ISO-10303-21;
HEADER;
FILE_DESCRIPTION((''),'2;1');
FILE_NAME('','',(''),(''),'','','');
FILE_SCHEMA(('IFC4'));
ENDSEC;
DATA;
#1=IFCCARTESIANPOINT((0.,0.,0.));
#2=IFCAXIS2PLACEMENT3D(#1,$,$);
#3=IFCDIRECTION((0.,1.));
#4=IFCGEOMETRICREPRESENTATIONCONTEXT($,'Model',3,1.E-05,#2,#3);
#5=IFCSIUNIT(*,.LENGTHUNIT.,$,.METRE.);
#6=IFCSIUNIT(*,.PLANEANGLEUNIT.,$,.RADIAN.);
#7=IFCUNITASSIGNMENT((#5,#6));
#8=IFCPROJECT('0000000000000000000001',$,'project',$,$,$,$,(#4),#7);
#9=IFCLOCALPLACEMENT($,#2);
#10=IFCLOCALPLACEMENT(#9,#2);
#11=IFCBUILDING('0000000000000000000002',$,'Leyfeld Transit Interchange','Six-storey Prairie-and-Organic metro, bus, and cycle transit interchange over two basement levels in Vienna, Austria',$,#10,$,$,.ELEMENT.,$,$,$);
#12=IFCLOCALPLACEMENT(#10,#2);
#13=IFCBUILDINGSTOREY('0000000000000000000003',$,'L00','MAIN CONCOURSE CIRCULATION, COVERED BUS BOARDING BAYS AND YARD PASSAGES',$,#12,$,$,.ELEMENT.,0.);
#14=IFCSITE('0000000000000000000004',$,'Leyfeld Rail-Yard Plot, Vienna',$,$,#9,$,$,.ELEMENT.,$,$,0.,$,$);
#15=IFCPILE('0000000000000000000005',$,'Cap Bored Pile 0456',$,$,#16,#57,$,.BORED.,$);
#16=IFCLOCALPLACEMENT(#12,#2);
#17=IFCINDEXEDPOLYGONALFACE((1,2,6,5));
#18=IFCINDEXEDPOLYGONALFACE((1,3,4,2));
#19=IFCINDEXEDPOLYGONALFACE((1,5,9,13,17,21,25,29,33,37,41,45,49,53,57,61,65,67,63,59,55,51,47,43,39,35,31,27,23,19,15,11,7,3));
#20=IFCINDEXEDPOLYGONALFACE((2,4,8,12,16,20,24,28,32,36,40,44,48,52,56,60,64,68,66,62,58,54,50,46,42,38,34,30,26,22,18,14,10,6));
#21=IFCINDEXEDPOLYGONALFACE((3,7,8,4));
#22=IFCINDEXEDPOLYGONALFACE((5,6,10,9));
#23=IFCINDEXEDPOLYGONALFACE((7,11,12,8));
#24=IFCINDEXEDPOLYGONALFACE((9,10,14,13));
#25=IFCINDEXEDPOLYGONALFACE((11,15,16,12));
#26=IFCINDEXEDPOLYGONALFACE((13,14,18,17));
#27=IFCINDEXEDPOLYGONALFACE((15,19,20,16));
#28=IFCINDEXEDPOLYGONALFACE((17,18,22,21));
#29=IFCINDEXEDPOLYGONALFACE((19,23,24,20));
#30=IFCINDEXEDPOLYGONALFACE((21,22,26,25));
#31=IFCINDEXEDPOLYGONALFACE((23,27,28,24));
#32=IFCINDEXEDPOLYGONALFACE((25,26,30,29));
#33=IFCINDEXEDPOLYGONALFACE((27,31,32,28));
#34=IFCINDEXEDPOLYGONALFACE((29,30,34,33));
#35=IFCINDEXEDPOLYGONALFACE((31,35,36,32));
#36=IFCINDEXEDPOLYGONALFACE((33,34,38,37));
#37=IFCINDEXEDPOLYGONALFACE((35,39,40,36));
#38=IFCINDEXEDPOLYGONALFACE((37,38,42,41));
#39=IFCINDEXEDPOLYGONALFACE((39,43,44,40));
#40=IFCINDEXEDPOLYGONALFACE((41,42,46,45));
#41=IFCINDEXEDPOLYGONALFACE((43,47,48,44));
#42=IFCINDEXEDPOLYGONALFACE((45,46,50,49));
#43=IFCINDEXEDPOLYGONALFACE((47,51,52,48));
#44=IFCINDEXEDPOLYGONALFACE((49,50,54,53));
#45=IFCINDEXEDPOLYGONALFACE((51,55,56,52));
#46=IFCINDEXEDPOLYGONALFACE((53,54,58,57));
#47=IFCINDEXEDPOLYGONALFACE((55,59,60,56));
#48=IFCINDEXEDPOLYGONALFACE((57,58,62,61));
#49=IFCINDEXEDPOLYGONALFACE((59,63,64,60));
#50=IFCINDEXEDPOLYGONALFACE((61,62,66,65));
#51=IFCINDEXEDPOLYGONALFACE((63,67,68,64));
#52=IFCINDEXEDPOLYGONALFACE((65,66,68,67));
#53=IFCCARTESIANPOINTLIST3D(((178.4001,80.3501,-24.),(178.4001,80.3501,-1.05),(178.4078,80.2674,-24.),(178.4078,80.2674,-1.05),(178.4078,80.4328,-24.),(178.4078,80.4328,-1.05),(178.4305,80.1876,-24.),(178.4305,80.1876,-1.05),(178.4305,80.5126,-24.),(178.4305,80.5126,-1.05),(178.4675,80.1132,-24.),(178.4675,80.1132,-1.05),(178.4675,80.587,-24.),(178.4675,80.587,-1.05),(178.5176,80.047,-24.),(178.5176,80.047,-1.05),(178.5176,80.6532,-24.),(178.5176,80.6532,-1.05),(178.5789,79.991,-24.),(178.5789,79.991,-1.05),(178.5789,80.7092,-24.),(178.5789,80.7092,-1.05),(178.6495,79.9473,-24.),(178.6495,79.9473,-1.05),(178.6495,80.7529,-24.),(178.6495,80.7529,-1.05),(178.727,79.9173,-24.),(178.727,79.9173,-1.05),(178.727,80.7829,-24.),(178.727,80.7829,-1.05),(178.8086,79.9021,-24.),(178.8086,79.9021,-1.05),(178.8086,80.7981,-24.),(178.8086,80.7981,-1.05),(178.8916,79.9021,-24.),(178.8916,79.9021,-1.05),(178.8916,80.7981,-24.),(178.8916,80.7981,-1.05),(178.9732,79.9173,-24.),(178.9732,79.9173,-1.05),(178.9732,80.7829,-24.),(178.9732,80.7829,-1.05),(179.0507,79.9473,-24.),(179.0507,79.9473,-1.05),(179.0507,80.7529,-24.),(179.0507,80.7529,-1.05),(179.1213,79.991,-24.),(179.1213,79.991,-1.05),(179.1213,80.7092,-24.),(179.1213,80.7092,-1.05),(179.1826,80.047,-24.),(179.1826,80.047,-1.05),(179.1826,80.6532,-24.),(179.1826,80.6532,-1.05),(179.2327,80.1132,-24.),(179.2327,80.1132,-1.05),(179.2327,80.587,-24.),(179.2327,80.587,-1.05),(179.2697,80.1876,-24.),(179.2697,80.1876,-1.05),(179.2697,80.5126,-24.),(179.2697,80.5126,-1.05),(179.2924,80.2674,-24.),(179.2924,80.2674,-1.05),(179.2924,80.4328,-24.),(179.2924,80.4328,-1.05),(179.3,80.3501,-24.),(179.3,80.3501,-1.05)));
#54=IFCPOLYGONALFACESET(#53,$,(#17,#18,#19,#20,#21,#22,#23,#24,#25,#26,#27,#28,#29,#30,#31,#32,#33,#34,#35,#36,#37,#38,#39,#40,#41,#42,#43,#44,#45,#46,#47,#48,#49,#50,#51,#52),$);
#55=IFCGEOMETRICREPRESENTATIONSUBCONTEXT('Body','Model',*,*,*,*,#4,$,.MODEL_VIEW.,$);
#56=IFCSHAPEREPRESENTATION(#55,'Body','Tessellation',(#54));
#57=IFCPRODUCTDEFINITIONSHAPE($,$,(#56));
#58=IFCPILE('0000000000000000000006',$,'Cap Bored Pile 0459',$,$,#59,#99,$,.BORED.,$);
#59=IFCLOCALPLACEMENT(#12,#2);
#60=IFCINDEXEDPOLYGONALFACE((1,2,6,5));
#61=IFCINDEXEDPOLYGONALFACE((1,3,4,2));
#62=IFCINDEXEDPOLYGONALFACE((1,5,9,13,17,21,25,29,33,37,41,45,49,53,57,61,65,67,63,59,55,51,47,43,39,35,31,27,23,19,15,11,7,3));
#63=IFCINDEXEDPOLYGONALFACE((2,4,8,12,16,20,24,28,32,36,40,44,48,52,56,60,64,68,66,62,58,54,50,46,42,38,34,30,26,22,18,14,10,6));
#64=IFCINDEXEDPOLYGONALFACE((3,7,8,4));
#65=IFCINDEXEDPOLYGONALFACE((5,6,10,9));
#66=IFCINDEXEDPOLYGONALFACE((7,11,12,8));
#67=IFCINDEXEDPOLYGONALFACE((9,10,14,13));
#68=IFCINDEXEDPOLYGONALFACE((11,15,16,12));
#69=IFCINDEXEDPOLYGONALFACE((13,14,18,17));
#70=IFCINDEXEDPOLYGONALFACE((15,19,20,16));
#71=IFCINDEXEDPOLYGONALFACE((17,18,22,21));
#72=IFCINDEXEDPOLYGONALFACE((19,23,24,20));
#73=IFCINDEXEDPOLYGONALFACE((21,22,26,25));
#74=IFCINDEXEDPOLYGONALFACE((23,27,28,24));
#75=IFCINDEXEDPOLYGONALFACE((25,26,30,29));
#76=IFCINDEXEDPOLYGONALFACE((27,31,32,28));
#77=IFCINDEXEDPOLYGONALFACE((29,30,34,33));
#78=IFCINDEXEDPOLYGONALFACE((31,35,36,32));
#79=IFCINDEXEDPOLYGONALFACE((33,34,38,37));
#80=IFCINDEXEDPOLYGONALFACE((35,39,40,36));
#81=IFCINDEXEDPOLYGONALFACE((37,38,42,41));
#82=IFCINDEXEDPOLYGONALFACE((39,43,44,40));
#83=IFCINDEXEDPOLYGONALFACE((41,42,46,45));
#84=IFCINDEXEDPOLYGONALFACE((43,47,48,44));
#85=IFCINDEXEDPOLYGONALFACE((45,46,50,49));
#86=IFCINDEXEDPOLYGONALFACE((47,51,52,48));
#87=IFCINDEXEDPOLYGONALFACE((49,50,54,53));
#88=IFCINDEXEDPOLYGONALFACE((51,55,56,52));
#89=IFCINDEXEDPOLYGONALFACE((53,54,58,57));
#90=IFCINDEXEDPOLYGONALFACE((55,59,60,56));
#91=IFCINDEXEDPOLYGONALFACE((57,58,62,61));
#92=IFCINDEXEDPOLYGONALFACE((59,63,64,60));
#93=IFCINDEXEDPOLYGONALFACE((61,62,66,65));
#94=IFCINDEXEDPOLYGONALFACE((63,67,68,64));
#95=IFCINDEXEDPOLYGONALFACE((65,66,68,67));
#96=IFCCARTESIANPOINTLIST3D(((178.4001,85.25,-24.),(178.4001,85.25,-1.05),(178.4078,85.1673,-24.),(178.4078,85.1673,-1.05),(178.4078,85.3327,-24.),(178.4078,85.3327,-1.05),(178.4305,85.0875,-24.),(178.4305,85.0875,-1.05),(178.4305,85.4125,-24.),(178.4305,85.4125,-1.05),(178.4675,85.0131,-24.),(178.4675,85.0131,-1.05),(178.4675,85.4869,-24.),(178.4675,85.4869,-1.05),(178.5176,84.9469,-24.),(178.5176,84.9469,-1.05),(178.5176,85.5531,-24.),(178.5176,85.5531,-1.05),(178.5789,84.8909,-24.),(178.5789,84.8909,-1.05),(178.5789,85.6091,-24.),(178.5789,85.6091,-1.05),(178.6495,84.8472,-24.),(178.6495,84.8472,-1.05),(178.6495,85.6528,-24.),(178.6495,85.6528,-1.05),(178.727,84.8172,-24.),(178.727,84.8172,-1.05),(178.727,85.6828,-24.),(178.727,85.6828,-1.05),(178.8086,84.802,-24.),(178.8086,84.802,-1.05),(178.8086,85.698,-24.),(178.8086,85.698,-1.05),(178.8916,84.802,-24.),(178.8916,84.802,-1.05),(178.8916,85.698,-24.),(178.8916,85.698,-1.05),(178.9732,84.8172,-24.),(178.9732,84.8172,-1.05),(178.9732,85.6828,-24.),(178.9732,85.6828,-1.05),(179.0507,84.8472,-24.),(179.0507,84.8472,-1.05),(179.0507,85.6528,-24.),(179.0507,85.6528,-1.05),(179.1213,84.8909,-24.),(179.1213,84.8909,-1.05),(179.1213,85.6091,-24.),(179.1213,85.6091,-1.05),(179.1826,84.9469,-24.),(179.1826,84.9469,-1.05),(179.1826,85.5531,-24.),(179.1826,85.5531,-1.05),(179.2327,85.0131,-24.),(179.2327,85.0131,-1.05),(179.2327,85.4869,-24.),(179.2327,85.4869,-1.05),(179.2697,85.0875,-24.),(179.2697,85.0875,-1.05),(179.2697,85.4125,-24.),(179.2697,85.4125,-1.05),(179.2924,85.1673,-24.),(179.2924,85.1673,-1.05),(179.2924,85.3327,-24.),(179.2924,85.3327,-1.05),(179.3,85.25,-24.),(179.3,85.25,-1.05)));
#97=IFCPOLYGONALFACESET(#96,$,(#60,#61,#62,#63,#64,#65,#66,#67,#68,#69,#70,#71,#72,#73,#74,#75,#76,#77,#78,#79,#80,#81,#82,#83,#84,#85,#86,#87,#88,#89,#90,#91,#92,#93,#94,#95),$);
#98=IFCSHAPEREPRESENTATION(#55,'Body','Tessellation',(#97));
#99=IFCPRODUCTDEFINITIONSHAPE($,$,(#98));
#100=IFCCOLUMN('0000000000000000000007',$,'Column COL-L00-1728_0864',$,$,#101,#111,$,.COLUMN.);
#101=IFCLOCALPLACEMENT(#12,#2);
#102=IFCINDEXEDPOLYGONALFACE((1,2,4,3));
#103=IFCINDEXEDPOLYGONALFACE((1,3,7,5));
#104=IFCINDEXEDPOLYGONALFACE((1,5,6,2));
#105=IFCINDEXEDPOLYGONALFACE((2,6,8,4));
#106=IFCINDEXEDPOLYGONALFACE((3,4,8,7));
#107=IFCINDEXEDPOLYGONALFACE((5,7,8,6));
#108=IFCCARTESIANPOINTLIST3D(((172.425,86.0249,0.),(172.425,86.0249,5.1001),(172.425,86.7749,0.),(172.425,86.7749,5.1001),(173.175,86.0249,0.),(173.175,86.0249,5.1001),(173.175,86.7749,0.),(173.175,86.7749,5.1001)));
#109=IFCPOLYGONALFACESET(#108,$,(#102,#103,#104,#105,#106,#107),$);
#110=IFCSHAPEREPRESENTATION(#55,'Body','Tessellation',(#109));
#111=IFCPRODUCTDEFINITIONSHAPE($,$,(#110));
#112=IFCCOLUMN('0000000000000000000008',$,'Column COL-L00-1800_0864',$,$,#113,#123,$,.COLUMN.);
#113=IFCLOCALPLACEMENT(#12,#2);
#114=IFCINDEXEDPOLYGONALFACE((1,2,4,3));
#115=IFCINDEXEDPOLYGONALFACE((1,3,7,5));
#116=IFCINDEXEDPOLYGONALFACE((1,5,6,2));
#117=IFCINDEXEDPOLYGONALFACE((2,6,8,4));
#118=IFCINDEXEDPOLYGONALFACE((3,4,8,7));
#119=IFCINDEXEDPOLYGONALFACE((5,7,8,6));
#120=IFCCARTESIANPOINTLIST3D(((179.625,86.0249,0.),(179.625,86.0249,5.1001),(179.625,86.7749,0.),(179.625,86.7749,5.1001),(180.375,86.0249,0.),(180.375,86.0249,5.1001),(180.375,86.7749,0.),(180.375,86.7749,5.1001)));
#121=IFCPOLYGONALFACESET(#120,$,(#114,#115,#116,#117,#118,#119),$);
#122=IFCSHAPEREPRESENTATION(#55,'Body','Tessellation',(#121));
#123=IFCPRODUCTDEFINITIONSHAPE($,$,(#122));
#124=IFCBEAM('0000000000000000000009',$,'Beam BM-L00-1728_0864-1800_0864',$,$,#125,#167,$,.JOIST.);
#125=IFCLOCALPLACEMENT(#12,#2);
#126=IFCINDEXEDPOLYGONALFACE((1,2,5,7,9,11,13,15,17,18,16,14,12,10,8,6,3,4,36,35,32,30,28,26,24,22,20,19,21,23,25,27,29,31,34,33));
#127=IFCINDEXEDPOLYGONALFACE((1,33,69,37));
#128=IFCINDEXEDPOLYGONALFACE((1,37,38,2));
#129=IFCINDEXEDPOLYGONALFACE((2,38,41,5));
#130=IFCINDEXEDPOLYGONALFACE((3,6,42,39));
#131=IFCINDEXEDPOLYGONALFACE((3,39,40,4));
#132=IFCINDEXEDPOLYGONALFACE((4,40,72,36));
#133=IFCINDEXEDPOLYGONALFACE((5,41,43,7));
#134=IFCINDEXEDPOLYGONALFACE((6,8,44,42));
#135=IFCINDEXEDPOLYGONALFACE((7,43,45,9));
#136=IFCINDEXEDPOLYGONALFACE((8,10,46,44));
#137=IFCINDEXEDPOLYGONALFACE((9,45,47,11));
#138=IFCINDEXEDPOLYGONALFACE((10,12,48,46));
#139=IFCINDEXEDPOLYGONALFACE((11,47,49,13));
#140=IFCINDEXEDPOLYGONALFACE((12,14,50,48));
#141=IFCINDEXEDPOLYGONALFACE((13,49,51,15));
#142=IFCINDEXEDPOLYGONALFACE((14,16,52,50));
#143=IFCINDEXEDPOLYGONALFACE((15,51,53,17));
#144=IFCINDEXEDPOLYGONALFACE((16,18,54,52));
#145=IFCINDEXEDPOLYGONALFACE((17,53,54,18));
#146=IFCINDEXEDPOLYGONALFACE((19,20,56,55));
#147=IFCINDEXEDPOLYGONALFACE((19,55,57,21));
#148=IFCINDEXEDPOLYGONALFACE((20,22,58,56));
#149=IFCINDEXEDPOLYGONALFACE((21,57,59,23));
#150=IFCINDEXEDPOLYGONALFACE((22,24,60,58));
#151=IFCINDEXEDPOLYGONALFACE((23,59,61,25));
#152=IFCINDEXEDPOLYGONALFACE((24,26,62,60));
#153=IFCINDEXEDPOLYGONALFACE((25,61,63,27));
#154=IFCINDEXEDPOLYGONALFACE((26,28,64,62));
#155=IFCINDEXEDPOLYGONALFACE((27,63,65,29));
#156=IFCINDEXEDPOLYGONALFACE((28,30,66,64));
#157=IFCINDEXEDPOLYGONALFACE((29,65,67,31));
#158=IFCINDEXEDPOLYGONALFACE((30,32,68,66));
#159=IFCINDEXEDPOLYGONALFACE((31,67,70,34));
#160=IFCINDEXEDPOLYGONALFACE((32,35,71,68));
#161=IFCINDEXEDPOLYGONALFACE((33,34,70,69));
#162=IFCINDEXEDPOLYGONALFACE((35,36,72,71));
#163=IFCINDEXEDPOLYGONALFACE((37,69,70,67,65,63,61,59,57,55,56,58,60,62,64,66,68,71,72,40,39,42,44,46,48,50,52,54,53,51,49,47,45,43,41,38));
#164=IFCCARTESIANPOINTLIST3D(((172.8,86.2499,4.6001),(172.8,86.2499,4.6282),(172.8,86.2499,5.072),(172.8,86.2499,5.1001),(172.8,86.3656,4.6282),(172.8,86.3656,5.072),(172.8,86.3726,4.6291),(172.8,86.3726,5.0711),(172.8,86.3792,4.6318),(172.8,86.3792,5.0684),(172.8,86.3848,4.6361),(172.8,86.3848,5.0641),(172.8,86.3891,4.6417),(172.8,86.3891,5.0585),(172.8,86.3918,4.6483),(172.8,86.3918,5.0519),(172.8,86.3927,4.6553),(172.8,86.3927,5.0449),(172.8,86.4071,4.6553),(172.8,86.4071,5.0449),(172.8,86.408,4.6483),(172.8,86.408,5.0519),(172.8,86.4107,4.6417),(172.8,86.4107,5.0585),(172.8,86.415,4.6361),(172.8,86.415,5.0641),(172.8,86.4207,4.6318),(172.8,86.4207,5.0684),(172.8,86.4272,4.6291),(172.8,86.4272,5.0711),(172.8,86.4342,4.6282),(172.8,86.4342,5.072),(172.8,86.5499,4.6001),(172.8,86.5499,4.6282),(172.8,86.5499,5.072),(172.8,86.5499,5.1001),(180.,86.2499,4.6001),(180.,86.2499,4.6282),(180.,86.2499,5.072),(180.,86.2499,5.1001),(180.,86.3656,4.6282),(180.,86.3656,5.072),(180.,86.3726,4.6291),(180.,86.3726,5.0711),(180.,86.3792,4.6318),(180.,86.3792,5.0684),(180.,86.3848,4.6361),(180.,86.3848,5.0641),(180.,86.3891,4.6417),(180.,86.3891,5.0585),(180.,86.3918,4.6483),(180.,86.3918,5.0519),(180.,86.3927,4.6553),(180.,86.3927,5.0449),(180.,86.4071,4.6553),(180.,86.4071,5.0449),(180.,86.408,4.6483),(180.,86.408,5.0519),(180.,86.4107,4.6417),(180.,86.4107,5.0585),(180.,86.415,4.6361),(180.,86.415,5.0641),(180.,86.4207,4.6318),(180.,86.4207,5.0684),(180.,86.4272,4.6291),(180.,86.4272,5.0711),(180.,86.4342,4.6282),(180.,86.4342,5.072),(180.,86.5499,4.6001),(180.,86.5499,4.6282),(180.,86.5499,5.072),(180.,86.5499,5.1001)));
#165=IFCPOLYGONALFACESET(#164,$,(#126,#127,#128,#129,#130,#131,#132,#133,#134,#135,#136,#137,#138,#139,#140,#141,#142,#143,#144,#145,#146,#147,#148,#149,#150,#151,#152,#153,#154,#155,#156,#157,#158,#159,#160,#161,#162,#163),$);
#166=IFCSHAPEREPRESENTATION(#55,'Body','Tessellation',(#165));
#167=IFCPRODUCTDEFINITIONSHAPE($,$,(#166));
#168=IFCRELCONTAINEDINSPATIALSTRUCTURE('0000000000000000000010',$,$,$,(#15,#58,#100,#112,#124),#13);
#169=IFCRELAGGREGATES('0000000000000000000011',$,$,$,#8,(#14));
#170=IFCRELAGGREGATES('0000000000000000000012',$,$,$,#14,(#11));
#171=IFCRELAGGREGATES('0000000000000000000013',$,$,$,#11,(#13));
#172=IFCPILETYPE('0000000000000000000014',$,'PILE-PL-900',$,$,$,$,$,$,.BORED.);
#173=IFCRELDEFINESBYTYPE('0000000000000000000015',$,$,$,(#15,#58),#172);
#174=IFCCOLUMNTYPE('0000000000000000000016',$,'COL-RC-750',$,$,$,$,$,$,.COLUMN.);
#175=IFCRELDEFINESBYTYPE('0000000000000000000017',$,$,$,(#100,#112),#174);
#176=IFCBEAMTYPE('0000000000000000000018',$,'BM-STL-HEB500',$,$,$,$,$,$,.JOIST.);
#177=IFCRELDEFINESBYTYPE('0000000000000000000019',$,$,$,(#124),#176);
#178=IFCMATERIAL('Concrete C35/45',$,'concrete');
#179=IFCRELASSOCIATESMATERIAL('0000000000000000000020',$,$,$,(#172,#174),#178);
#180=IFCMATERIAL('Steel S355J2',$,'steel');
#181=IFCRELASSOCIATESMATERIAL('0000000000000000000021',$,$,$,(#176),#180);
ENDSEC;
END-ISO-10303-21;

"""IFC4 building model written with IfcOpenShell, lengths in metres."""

from ifc_helpers import new_model, si_unit, direction, frame, origin, origin_2d, place, context, subcontext, project, spatial, rectangle, circle, i_section, extrude, material, material_profile, profile_set, type_object, element, save


model = new_model("IFC4")

# Units and contexts
model_context = context("Model", 3, precision=1e-05, world=origin(), true_north=direction((0.0, 1.0)))
body_context = subcontext(model_context, "Body", "Model", "MODEL_VIEW")
ifc_project = project(units=[si_unit("LENGTHUNIT", "METRE"), si_unit("PLANEANGLEUNIT", "RADIAN")], contexts=[model_context])

# Site, building, storey
site_placement = place(None, origin())
site = spatial("IfcSite", under=ifc_project, at=site_placement, Name="Leyfeld Rail-Yard Plot, Vienna", CompositionType="ELEMENT", RefElevation=0.0)
building_placement = place(site_placement, origin())
building = spatial("IfcBuilding", under=site, at=building_placement, Name="Leyfeld Transit Interchange", Description="Six-storey Prairie-and-Organic metro, bus, and cycle transit interchange over two basement levels in Vienna, Austria", CompositionType="ELEMENT")
storey_placement = place(building_placement, origin())
storey = spatial("IfcBuildingStorey", under=building, at=storey_placement, Name="L00", Description="MAIN CONCOURSE CIRCULATION, COVERED BUS BOARDING BAYS AND YARD PASSAGES", CompositionType="ELEMENT", Elevation=0.0)

# Shared definitions
ifc_material_1 = material(Name="Concrete C35/45", Category="concrete")

# Piles
ifc_material_profile_1 = material_profile(ifc_material_1, circle(Radius=0.45, at=origin_2d()), Name="PILE D900")
ifc_profile_set_1 = profile_set([ifc_material_profile_1], Name="Concrete C35/45")
pile_type = type_object("IfcPileType", Name="PILE-PL-900", PredefinedType="BORED", material=ifc_profile_set_1)
for number, where, z_axis, x_axis, name in (
    (1, (178.8501, 80.3501, -1.05), (0.0, 0.0, -1.0), (1.0, 0.0, 0.0), "Cap Bored Pile 0456"),
    (2, (178.8501, 85.25, -1.05), (0.0, 0.0, -1.0), (1.0, 0.0, 0.0), "Cap Bored Pile 0459"),
):
    element("IfcPile", number, at=place(storey_placement, frame(where, z_axis=z_axis, x_axis=x_axis)), inside=storey, type_object=pile_type, Name=name, PredefinedType="BORED", context=body_context, shape_type="SweptSolid", body=[
        extrude(circle(Radius=0.45, at=origin_2d()), origin(), (0.0, 0.0, 1.0), 22.95),
    ])

# Columns
ifc_material_profile_2 = material_profile(ifc_material_1, rectangle(XDim=0.75, YDim=0.75, at=origin_2d()), Name="RC 750x750")
ifc_profile_set_2 = profile_set([ifc_material_profile_2], Name="Concrete C35/45")
column_type = type_object("IfcColumnType", Name="COL-RC-750", PredefinedType="COLUMN", material=ifc_profile_set_2)
for number, where, z_axis, x_axis, name in (
    (3, (172.8, 86.3999, 0.0), (0.0, 0.0, 1.0), (1.0, 0.0, 0.0), "Column COL-L00-1728_0864"),
    (4, (180.0, 86.3999, 0.0), (0.0, 0.0, 1.0), (1.0, 0.0, 0.0), "Column COL-L00-1800_0864"),
):
    element("IfcColumn", number, at=place(storey_placement, frame(where, z_axis=z_axis, x_axis=x_axis)), inside=storey, type_object=column_type, Name=name, PredefinedType="COLUMN", context=body_context, shape_type="SweptSolid", body=[
        extrude(rectangle(XDim=0.75, YDim=0.75, at=origin_2d()), origin(), (0.0, 0.0, 1.0), 5.1001),
    ])

# Beam
ifc_material_2 = material(Name="Steel S355J2", Category="steel")
ifc_material_profile_3 = material_profile(ifc_material_2, i_section(OverallWidth=0.3, OverallDepth=0.5, WebThickness=0.0144, FlangeThickness=0.0281, FilletRadius=0.0271, at=origin_2d()), Name="HEB 500")
ifc_profile_set_3 = profile_set([ifc_material_profile_3], Name="Steel S355J2")
beam_type_1 = type_object("IfcBeamType", Name="BM-STL-HEB500", PredefinedType="JOIST", material=ifc_profile_set_3)
for number, where, z_axis, x_axis, name in (
    (5, (172.8, 86.3999, 4.8501), (1.0, 0.0, 0.0), (0.0, 1.0, 0.0), "Beam BM-L00-1728_0864-1800_0864"),
):
    element("IfcBeam", number, at=place(storey_placement, frame(where, z_axis=z_axis, x_axis=x_axis)), inside=storey, type_object=beam_type_1, Name=name, PredefinedType="JOIST", context=body_context, shape_type="SweptSolid", body=[
        extrude(i_section(OverallWidth=0.3, OverallDepth=0.5, WebThickness=0.0144, FlangeThickness=0.0281, FilletRadius=0.0271, at=origin_2d()), origin(), (0.0, 0.0, 1.0), 7.2),
    ])

save(model, "model.ifc")
